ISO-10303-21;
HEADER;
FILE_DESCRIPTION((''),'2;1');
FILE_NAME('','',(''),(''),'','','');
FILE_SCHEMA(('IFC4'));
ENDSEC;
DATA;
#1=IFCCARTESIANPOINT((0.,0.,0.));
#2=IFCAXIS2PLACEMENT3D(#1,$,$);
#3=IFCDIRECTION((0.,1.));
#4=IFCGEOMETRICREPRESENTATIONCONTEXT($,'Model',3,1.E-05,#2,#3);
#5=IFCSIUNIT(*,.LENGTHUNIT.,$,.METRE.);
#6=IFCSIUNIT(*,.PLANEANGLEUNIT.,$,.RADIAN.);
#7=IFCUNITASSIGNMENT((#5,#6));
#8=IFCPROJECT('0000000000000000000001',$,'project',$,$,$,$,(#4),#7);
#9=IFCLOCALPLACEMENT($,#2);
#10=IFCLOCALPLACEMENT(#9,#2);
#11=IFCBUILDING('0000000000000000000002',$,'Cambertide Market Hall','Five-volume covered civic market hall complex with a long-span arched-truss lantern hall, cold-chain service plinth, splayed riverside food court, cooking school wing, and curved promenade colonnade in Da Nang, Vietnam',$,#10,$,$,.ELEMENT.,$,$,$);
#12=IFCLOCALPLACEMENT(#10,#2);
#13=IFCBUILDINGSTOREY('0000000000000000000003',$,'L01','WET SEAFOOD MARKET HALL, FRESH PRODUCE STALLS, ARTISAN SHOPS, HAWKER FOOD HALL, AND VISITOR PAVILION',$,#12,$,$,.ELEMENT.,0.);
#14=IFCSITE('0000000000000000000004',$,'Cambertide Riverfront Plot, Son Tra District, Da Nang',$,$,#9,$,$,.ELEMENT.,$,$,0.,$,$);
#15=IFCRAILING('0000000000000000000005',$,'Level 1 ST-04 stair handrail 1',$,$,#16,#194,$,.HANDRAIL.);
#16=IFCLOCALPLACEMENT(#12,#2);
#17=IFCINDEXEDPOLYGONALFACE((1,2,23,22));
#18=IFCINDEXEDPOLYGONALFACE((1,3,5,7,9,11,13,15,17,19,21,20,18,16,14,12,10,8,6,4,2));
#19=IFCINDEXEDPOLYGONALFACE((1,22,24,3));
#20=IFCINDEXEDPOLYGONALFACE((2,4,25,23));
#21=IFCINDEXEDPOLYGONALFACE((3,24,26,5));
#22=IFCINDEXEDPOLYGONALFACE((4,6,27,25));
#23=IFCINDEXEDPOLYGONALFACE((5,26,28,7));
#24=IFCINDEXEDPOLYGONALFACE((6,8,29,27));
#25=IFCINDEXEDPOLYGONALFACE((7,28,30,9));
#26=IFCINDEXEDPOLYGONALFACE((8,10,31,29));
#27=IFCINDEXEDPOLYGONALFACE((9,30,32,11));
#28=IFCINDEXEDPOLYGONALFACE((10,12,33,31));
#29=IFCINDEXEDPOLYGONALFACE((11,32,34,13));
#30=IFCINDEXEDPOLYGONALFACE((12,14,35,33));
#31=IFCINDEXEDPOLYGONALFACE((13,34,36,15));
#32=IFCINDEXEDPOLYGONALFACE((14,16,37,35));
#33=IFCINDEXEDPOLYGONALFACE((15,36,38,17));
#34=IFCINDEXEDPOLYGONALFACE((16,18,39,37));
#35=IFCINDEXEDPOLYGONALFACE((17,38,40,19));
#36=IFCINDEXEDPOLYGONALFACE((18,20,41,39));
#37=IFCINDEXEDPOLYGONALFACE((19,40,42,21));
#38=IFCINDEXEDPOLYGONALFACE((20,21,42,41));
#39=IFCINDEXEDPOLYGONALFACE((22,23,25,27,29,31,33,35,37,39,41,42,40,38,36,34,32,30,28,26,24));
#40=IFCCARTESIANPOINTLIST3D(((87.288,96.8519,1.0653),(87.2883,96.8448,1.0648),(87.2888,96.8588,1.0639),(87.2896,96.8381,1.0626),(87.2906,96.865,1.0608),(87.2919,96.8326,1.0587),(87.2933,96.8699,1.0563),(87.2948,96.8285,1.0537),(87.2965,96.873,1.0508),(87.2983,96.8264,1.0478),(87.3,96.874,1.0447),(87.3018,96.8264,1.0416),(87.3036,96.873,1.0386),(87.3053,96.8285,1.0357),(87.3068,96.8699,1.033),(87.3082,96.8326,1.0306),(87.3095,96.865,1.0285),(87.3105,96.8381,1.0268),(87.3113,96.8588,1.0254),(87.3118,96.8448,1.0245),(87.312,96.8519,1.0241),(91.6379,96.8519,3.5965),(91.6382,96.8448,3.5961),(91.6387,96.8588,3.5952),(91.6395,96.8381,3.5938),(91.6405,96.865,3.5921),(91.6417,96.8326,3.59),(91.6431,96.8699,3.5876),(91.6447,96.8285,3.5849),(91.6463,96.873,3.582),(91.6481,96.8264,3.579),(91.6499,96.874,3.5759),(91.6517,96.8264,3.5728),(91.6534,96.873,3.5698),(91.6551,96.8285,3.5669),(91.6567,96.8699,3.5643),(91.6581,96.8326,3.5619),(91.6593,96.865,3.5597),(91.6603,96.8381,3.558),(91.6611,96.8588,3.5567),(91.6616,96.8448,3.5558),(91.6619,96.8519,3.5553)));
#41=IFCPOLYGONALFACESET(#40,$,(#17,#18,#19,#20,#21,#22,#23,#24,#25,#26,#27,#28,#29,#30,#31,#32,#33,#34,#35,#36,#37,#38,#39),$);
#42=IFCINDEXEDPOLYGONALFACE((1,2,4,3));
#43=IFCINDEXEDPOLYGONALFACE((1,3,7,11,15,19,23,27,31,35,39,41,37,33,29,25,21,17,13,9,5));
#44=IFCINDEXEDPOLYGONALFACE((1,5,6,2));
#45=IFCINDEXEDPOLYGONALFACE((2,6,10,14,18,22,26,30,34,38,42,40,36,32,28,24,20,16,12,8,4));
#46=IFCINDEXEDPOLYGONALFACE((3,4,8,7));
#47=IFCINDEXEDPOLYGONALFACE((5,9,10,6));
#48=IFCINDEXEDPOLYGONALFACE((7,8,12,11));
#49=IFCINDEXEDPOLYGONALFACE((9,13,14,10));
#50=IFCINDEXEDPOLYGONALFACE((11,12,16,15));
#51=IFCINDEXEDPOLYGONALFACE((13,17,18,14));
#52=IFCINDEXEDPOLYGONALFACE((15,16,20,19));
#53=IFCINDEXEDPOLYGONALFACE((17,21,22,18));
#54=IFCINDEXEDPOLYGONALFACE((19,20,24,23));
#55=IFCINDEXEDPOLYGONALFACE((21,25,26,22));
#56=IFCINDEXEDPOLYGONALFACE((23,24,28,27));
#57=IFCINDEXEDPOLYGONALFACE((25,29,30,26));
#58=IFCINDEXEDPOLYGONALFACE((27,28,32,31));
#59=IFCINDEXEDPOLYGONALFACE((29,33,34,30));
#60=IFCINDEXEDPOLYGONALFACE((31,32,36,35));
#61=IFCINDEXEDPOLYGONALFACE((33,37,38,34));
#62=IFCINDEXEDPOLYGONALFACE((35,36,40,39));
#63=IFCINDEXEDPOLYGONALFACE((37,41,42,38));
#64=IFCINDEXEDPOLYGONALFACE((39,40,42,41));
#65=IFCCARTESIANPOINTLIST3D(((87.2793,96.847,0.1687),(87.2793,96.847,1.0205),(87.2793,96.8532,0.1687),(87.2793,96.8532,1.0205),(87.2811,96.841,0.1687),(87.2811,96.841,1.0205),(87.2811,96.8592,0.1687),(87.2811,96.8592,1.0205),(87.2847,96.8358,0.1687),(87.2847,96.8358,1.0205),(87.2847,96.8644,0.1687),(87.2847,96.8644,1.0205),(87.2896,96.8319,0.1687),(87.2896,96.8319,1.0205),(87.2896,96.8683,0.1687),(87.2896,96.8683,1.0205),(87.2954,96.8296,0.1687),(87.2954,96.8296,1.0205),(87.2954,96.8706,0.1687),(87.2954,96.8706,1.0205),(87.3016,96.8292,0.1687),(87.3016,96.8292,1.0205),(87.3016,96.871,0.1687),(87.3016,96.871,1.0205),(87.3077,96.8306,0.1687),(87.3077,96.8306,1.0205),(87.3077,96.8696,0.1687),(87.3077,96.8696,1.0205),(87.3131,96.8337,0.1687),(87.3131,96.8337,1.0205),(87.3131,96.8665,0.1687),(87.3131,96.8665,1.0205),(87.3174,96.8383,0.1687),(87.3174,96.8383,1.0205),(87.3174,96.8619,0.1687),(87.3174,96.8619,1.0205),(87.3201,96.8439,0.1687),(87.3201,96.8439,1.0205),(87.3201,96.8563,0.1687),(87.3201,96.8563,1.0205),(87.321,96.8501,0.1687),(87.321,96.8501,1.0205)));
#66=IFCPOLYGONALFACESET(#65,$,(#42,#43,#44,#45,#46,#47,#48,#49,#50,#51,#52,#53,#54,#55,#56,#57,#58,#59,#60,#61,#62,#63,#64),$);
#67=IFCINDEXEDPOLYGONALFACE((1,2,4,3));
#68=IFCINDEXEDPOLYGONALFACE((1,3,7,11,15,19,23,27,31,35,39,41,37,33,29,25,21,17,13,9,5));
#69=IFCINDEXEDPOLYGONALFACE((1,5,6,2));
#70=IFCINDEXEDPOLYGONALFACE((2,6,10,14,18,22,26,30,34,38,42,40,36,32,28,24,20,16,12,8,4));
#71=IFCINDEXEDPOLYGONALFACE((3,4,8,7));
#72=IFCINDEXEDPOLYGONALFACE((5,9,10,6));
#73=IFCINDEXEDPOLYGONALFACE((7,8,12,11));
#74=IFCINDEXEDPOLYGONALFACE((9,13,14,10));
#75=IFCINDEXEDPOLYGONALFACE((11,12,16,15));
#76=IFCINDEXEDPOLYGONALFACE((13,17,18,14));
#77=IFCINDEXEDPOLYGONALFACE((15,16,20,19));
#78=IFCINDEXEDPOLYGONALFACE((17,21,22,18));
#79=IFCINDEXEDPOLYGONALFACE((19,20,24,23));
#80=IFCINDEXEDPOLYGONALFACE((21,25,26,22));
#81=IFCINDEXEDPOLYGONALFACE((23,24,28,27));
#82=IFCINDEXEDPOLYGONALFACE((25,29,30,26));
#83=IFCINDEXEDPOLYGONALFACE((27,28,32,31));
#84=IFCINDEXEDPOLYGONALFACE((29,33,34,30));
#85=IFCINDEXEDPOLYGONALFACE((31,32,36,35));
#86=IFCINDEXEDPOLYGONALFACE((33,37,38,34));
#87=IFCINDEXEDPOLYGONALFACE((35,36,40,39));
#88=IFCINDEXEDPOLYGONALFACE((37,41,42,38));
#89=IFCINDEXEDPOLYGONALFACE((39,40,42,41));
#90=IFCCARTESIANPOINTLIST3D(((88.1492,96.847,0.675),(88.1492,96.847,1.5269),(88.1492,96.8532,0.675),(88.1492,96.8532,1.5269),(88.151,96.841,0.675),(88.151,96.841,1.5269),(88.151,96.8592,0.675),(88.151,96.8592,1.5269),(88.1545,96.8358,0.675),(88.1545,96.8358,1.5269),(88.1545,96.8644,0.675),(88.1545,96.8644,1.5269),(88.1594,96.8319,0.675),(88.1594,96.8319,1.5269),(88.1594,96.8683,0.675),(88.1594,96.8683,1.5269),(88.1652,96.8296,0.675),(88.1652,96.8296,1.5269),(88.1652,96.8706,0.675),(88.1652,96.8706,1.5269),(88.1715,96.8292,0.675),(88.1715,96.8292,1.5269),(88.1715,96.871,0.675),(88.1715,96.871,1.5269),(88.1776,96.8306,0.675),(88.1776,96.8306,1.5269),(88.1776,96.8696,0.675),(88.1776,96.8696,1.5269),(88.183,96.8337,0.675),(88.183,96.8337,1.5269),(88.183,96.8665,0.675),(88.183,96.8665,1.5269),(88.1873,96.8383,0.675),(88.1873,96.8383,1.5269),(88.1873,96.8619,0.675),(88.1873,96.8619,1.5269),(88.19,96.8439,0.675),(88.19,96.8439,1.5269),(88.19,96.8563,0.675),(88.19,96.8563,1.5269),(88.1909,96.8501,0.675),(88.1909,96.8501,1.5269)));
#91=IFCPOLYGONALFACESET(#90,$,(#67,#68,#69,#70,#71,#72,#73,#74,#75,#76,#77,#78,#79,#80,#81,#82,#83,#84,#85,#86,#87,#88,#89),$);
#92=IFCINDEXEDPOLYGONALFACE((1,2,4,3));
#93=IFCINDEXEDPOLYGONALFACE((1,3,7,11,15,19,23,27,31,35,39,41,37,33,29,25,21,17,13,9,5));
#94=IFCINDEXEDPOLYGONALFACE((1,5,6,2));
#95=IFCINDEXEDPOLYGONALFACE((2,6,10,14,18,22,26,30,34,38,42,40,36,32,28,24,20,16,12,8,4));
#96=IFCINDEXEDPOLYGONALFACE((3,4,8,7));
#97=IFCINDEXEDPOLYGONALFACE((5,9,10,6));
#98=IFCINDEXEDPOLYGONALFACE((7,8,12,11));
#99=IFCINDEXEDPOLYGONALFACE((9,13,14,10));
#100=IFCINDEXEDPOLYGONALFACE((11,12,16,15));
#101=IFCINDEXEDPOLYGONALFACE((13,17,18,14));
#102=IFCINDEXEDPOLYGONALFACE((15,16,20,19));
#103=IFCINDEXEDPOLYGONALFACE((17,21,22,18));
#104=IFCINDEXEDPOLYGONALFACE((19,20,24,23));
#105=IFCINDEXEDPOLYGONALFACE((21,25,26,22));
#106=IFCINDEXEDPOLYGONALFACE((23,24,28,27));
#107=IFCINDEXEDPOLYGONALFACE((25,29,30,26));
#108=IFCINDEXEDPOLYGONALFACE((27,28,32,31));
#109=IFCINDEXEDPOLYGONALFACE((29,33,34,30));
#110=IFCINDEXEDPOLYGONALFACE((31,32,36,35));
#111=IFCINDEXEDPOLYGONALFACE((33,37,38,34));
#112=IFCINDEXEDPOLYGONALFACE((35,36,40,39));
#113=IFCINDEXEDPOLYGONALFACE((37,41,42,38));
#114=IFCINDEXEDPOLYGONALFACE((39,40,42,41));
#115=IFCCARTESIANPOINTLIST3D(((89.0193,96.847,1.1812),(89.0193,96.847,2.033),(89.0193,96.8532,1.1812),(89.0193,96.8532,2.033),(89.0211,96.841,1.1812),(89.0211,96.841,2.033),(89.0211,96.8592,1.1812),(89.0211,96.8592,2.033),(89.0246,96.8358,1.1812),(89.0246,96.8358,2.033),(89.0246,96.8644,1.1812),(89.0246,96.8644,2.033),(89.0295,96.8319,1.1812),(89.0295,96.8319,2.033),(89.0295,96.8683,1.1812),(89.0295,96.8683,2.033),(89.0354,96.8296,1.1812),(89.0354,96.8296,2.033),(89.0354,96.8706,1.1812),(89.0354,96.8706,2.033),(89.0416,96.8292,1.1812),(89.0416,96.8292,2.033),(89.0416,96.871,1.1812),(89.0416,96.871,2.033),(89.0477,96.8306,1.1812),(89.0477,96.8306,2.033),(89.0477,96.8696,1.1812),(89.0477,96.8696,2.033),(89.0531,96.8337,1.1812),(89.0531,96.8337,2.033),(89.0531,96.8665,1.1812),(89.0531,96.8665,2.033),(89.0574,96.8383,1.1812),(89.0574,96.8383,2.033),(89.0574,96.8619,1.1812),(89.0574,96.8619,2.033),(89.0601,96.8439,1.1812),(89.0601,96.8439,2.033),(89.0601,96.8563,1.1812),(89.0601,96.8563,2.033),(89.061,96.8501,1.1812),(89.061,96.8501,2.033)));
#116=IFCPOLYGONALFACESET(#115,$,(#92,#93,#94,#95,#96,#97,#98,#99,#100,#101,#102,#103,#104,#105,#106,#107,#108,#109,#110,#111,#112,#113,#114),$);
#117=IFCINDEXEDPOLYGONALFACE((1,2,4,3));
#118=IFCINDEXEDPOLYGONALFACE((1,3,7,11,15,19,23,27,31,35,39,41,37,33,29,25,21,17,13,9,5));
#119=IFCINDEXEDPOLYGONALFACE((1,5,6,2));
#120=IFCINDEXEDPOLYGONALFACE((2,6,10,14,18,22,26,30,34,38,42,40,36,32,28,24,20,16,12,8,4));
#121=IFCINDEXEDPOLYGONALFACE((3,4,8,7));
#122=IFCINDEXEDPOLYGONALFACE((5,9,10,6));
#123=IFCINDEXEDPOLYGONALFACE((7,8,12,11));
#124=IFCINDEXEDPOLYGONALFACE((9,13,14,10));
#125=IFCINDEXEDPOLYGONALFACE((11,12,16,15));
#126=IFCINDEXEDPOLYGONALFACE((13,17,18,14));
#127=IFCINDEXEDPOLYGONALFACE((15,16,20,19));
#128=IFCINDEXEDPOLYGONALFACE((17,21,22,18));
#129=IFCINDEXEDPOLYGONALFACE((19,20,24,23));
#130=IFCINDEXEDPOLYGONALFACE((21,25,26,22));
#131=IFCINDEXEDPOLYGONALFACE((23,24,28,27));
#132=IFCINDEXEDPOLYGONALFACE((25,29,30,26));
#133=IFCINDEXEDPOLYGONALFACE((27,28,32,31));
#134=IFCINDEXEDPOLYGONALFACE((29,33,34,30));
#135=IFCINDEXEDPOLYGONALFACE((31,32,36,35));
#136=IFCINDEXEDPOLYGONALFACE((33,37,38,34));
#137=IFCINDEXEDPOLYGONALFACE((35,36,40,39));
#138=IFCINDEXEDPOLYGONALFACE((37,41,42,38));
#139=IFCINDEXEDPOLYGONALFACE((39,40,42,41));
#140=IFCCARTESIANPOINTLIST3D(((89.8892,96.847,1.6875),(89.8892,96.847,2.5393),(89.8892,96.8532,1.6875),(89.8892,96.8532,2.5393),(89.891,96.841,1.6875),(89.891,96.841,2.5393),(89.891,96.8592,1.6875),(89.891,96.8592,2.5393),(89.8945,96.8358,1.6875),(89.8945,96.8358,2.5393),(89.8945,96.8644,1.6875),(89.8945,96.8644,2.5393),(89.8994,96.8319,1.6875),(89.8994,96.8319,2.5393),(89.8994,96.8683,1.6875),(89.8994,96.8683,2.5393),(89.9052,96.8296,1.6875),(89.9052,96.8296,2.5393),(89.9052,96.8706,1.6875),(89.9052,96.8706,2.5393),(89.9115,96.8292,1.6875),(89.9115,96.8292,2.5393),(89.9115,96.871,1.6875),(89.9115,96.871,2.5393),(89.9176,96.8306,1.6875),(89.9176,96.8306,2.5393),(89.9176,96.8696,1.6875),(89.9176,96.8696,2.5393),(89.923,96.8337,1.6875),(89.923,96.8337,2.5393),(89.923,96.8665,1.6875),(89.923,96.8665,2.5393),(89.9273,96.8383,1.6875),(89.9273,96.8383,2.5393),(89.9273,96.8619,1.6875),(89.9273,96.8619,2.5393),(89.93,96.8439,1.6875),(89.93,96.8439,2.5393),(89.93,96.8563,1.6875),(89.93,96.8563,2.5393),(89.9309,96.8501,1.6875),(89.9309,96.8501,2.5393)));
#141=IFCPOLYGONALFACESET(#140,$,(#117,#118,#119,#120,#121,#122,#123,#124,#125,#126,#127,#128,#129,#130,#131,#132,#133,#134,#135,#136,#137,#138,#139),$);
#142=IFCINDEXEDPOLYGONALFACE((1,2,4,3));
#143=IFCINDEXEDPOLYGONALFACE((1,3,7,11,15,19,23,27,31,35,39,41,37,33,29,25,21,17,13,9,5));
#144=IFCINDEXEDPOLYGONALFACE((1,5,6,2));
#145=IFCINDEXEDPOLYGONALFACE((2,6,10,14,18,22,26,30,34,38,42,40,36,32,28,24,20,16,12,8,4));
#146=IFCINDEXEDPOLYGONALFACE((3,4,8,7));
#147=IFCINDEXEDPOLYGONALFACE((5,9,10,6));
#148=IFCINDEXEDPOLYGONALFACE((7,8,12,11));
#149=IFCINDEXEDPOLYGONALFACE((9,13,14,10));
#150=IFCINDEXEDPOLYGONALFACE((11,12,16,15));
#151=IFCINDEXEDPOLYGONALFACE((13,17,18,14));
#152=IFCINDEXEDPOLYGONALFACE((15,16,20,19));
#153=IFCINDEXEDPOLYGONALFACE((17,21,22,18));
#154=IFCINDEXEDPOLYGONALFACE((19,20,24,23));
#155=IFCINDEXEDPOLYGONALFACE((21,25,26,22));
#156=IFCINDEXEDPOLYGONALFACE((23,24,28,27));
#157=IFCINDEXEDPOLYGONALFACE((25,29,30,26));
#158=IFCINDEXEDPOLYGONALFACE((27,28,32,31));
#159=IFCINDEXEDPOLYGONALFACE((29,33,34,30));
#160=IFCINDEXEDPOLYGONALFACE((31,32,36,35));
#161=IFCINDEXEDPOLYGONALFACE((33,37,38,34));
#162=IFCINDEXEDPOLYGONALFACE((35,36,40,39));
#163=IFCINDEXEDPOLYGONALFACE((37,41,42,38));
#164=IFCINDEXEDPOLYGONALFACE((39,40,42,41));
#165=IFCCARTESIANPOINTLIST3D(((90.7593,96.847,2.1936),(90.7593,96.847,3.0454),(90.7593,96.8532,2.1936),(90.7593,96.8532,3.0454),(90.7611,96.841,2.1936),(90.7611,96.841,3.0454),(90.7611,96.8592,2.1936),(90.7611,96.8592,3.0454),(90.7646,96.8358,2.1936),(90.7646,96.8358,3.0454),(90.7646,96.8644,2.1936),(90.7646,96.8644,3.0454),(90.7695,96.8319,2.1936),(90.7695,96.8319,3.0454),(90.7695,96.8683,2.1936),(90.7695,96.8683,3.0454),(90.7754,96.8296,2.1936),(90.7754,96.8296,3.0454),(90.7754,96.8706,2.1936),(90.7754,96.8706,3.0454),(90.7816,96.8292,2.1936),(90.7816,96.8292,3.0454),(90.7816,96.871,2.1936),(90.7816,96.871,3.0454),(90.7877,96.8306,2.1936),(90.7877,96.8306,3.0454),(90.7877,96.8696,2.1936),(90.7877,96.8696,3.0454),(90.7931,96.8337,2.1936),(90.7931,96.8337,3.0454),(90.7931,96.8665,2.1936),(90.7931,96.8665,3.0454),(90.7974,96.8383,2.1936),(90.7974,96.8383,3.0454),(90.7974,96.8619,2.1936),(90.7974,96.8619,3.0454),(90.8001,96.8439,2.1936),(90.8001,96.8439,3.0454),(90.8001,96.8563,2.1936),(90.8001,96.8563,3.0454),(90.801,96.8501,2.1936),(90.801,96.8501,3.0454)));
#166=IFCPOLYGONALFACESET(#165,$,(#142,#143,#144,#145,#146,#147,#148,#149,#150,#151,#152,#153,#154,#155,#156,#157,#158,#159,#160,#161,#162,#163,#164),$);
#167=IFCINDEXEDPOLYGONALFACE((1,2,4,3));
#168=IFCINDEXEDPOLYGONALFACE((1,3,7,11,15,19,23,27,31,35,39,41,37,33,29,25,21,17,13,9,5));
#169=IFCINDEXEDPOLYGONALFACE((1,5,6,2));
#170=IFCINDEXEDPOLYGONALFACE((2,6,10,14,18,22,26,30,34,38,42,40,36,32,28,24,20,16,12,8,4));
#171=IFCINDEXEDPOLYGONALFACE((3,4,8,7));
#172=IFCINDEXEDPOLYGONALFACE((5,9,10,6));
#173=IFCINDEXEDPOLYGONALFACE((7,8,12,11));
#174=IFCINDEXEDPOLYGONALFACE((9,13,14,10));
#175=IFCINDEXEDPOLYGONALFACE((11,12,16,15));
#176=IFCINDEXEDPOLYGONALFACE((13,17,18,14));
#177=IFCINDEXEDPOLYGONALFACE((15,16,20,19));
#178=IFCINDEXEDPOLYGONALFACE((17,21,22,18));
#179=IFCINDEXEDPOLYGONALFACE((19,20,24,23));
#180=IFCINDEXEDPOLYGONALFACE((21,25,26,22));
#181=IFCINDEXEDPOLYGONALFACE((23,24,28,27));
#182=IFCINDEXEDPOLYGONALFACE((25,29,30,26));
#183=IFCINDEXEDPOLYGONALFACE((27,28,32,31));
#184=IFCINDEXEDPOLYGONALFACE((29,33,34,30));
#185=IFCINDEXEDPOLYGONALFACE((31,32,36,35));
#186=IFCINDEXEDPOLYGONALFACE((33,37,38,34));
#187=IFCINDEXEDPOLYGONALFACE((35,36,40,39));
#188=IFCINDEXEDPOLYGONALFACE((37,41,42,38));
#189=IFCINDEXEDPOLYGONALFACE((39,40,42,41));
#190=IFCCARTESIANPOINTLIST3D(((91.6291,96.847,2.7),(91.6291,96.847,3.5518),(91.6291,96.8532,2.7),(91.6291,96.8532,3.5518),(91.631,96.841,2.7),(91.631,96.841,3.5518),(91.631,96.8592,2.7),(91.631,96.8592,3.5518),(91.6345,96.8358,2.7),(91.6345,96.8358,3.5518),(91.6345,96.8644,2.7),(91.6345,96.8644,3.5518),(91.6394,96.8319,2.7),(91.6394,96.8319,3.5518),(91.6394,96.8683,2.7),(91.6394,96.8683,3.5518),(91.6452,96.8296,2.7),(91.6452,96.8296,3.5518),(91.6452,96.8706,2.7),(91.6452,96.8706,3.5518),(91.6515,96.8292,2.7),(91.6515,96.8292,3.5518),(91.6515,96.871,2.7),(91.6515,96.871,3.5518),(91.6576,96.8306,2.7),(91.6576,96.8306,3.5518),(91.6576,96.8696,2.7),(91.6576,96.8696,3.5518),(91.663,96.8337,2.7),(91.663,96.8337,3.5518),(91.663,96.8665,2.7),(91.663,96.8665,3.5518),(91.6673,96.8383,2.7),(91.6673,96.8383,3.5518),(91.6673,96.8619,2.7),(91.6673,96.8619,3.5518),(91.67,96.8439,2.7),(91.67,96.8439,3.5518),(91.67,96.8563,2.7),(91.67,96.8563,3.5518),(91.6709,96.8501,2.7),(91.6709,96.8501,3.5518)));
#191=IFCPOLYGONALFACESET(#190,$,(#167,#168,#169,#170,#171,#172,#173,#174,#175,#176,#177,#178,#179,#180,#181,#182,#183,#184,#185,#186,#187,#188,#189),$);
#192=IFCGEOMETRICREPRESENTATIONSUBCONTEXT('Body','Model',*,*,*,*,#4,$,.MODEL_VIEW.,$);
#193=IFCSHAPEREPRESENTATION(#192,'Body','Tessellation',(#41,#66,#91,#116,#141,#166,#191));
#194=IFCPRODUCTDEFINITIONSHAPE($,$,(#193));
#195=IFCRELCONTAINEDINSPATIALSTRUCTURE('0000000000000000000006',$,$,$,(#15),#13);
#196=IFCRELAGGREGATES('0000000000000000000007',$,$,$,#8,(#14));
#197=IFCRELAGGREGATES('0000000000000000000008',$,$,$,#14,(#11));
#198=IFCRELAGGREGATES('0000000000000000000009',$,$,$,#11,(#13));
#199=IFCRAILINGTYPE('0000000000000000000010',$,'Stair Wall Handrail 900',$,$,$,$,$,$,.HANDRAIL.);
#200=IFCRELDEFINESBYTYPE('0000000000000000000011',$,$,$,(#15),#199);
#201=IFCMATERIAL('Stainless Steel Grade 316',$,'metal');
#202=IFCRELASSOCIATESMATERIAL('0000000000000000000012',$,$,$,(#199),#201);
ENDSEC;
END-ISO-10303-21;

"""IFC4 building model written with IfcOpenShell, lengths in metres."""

from ifc_helpers import new_model, si_unit, direction, frame, origin, origin_2d, place, context, subcontext, project, spatial, circle, extrude, material, type_object, element, save


model = new_model("IFC4")

# Units and contexts
model_context = context("Model", 3, precision=1e-05, world=origin(), true_north=direction((0.0, 1.0)))
body_context = subcontext(model_context, "Body", "Model", "MODEL_VIEW")
ifc_project = project(units=[si_unit("LENGTHUNIT", "METRE"), si_unit("PLANEANGLEUNIT", "RADIAN")], contexts=[model_context])

# Site, building, storey
site_placement = place(None, origin())
site = spatial("IfcSite", under=ifc_project, at=site_placement, Name="Cambertide Riverfront Plot, Son Tra District, Da Nang", CompositionType="ELEMENT", RefElevation=0.0)
building_placement = place(site_placement, origin())
building = spatial("IfcBuilding", under=site, at=building_placement, Name="Cambertide Market Hall", Description="Five-volume covered civic market hall complex with a long-span arched-truss lantern hall, cold-chain service plinth, splayed riverside food court, cooking school wing, and curved promenade colonnade in Da Nang, Vietnam", CompositionType="ELEMENT")
storey_placement = place(building_placement, origin())
storey = spatial("IfcBuildingStorey", under=building, at=storey_placement, Name="L01", Description="WET SEAFOOD MARKET HALL, FRESH PRODUCE STALLS, ARTISAN SHOPS, HAWKER FOOD HALL, AND VISITOR PAVILION", CompositionType="ELEMENT", Elevation=0.0)

# Railing
ifc_material_1 = material(Name="Stainless Steel Grade 316", Category="metal")
railing_type_1 = type_object("IfcRailingType", Name="Stair Wall Handrail 900", PredefinedType="HANDRAIL", material=ifc_material_1)
railing_1_placement = place(storey_placement, frame((87.3, 96.8501, 0.1687)))
element("IfcRailing", 1, at=railing_1_placement, inside=storey, type_object=railing_type_1, Name="Level 1 ST-04 stair handrail 1", PredefinedType="HANDRAIL", context=body_context, shape_type="SweptSolid", body=[
    extrude(circle(Radius=0.0239, at=origin_2d()), frame((0.0, 0.0, 0.876), z_axis=(0.864312, 0.0, 0.502957), x_axis=(0.0, 1.0, 0.0)), (0.0, 0.0, 1.0), 5.0327),
    extrude(circle(Radius=0.021, at=origin_2d()), origin(), (0.0, 0.0, 1.0), 0.8518),
    extrude(circle(Radius=0.021, at=origin_2d()), frame((0.8699, 0.0, 0.5063)), (0.0, 0.0, 1.0), 0.8518),
    extrude(circle(Radius=0.021, at=origin_2d()), frame((1.74, 0.0, 1.0125)), (0.0, 0.0, 1.0), 0.8518),
    extrude(circle(Radius=0.021, at=origin_2d()), frame((2.6099, 0.0, 1.5188)), (0.0, 0.0, 1.0), 0.8518),
    extrude(circle(Radius=0.021, at=origin_2d()), frame((3.48, 0.0, 2.0249)), (0.0, 0.0, 1.0), 0.8518),
    extrude(circle(Radius=0.021, at=origin_2d()), frame((4.3499, 0.0, 2.5312)), (0.0, 0.0, 1.0), 0.8518),
])

save(model, "model.ifc")
